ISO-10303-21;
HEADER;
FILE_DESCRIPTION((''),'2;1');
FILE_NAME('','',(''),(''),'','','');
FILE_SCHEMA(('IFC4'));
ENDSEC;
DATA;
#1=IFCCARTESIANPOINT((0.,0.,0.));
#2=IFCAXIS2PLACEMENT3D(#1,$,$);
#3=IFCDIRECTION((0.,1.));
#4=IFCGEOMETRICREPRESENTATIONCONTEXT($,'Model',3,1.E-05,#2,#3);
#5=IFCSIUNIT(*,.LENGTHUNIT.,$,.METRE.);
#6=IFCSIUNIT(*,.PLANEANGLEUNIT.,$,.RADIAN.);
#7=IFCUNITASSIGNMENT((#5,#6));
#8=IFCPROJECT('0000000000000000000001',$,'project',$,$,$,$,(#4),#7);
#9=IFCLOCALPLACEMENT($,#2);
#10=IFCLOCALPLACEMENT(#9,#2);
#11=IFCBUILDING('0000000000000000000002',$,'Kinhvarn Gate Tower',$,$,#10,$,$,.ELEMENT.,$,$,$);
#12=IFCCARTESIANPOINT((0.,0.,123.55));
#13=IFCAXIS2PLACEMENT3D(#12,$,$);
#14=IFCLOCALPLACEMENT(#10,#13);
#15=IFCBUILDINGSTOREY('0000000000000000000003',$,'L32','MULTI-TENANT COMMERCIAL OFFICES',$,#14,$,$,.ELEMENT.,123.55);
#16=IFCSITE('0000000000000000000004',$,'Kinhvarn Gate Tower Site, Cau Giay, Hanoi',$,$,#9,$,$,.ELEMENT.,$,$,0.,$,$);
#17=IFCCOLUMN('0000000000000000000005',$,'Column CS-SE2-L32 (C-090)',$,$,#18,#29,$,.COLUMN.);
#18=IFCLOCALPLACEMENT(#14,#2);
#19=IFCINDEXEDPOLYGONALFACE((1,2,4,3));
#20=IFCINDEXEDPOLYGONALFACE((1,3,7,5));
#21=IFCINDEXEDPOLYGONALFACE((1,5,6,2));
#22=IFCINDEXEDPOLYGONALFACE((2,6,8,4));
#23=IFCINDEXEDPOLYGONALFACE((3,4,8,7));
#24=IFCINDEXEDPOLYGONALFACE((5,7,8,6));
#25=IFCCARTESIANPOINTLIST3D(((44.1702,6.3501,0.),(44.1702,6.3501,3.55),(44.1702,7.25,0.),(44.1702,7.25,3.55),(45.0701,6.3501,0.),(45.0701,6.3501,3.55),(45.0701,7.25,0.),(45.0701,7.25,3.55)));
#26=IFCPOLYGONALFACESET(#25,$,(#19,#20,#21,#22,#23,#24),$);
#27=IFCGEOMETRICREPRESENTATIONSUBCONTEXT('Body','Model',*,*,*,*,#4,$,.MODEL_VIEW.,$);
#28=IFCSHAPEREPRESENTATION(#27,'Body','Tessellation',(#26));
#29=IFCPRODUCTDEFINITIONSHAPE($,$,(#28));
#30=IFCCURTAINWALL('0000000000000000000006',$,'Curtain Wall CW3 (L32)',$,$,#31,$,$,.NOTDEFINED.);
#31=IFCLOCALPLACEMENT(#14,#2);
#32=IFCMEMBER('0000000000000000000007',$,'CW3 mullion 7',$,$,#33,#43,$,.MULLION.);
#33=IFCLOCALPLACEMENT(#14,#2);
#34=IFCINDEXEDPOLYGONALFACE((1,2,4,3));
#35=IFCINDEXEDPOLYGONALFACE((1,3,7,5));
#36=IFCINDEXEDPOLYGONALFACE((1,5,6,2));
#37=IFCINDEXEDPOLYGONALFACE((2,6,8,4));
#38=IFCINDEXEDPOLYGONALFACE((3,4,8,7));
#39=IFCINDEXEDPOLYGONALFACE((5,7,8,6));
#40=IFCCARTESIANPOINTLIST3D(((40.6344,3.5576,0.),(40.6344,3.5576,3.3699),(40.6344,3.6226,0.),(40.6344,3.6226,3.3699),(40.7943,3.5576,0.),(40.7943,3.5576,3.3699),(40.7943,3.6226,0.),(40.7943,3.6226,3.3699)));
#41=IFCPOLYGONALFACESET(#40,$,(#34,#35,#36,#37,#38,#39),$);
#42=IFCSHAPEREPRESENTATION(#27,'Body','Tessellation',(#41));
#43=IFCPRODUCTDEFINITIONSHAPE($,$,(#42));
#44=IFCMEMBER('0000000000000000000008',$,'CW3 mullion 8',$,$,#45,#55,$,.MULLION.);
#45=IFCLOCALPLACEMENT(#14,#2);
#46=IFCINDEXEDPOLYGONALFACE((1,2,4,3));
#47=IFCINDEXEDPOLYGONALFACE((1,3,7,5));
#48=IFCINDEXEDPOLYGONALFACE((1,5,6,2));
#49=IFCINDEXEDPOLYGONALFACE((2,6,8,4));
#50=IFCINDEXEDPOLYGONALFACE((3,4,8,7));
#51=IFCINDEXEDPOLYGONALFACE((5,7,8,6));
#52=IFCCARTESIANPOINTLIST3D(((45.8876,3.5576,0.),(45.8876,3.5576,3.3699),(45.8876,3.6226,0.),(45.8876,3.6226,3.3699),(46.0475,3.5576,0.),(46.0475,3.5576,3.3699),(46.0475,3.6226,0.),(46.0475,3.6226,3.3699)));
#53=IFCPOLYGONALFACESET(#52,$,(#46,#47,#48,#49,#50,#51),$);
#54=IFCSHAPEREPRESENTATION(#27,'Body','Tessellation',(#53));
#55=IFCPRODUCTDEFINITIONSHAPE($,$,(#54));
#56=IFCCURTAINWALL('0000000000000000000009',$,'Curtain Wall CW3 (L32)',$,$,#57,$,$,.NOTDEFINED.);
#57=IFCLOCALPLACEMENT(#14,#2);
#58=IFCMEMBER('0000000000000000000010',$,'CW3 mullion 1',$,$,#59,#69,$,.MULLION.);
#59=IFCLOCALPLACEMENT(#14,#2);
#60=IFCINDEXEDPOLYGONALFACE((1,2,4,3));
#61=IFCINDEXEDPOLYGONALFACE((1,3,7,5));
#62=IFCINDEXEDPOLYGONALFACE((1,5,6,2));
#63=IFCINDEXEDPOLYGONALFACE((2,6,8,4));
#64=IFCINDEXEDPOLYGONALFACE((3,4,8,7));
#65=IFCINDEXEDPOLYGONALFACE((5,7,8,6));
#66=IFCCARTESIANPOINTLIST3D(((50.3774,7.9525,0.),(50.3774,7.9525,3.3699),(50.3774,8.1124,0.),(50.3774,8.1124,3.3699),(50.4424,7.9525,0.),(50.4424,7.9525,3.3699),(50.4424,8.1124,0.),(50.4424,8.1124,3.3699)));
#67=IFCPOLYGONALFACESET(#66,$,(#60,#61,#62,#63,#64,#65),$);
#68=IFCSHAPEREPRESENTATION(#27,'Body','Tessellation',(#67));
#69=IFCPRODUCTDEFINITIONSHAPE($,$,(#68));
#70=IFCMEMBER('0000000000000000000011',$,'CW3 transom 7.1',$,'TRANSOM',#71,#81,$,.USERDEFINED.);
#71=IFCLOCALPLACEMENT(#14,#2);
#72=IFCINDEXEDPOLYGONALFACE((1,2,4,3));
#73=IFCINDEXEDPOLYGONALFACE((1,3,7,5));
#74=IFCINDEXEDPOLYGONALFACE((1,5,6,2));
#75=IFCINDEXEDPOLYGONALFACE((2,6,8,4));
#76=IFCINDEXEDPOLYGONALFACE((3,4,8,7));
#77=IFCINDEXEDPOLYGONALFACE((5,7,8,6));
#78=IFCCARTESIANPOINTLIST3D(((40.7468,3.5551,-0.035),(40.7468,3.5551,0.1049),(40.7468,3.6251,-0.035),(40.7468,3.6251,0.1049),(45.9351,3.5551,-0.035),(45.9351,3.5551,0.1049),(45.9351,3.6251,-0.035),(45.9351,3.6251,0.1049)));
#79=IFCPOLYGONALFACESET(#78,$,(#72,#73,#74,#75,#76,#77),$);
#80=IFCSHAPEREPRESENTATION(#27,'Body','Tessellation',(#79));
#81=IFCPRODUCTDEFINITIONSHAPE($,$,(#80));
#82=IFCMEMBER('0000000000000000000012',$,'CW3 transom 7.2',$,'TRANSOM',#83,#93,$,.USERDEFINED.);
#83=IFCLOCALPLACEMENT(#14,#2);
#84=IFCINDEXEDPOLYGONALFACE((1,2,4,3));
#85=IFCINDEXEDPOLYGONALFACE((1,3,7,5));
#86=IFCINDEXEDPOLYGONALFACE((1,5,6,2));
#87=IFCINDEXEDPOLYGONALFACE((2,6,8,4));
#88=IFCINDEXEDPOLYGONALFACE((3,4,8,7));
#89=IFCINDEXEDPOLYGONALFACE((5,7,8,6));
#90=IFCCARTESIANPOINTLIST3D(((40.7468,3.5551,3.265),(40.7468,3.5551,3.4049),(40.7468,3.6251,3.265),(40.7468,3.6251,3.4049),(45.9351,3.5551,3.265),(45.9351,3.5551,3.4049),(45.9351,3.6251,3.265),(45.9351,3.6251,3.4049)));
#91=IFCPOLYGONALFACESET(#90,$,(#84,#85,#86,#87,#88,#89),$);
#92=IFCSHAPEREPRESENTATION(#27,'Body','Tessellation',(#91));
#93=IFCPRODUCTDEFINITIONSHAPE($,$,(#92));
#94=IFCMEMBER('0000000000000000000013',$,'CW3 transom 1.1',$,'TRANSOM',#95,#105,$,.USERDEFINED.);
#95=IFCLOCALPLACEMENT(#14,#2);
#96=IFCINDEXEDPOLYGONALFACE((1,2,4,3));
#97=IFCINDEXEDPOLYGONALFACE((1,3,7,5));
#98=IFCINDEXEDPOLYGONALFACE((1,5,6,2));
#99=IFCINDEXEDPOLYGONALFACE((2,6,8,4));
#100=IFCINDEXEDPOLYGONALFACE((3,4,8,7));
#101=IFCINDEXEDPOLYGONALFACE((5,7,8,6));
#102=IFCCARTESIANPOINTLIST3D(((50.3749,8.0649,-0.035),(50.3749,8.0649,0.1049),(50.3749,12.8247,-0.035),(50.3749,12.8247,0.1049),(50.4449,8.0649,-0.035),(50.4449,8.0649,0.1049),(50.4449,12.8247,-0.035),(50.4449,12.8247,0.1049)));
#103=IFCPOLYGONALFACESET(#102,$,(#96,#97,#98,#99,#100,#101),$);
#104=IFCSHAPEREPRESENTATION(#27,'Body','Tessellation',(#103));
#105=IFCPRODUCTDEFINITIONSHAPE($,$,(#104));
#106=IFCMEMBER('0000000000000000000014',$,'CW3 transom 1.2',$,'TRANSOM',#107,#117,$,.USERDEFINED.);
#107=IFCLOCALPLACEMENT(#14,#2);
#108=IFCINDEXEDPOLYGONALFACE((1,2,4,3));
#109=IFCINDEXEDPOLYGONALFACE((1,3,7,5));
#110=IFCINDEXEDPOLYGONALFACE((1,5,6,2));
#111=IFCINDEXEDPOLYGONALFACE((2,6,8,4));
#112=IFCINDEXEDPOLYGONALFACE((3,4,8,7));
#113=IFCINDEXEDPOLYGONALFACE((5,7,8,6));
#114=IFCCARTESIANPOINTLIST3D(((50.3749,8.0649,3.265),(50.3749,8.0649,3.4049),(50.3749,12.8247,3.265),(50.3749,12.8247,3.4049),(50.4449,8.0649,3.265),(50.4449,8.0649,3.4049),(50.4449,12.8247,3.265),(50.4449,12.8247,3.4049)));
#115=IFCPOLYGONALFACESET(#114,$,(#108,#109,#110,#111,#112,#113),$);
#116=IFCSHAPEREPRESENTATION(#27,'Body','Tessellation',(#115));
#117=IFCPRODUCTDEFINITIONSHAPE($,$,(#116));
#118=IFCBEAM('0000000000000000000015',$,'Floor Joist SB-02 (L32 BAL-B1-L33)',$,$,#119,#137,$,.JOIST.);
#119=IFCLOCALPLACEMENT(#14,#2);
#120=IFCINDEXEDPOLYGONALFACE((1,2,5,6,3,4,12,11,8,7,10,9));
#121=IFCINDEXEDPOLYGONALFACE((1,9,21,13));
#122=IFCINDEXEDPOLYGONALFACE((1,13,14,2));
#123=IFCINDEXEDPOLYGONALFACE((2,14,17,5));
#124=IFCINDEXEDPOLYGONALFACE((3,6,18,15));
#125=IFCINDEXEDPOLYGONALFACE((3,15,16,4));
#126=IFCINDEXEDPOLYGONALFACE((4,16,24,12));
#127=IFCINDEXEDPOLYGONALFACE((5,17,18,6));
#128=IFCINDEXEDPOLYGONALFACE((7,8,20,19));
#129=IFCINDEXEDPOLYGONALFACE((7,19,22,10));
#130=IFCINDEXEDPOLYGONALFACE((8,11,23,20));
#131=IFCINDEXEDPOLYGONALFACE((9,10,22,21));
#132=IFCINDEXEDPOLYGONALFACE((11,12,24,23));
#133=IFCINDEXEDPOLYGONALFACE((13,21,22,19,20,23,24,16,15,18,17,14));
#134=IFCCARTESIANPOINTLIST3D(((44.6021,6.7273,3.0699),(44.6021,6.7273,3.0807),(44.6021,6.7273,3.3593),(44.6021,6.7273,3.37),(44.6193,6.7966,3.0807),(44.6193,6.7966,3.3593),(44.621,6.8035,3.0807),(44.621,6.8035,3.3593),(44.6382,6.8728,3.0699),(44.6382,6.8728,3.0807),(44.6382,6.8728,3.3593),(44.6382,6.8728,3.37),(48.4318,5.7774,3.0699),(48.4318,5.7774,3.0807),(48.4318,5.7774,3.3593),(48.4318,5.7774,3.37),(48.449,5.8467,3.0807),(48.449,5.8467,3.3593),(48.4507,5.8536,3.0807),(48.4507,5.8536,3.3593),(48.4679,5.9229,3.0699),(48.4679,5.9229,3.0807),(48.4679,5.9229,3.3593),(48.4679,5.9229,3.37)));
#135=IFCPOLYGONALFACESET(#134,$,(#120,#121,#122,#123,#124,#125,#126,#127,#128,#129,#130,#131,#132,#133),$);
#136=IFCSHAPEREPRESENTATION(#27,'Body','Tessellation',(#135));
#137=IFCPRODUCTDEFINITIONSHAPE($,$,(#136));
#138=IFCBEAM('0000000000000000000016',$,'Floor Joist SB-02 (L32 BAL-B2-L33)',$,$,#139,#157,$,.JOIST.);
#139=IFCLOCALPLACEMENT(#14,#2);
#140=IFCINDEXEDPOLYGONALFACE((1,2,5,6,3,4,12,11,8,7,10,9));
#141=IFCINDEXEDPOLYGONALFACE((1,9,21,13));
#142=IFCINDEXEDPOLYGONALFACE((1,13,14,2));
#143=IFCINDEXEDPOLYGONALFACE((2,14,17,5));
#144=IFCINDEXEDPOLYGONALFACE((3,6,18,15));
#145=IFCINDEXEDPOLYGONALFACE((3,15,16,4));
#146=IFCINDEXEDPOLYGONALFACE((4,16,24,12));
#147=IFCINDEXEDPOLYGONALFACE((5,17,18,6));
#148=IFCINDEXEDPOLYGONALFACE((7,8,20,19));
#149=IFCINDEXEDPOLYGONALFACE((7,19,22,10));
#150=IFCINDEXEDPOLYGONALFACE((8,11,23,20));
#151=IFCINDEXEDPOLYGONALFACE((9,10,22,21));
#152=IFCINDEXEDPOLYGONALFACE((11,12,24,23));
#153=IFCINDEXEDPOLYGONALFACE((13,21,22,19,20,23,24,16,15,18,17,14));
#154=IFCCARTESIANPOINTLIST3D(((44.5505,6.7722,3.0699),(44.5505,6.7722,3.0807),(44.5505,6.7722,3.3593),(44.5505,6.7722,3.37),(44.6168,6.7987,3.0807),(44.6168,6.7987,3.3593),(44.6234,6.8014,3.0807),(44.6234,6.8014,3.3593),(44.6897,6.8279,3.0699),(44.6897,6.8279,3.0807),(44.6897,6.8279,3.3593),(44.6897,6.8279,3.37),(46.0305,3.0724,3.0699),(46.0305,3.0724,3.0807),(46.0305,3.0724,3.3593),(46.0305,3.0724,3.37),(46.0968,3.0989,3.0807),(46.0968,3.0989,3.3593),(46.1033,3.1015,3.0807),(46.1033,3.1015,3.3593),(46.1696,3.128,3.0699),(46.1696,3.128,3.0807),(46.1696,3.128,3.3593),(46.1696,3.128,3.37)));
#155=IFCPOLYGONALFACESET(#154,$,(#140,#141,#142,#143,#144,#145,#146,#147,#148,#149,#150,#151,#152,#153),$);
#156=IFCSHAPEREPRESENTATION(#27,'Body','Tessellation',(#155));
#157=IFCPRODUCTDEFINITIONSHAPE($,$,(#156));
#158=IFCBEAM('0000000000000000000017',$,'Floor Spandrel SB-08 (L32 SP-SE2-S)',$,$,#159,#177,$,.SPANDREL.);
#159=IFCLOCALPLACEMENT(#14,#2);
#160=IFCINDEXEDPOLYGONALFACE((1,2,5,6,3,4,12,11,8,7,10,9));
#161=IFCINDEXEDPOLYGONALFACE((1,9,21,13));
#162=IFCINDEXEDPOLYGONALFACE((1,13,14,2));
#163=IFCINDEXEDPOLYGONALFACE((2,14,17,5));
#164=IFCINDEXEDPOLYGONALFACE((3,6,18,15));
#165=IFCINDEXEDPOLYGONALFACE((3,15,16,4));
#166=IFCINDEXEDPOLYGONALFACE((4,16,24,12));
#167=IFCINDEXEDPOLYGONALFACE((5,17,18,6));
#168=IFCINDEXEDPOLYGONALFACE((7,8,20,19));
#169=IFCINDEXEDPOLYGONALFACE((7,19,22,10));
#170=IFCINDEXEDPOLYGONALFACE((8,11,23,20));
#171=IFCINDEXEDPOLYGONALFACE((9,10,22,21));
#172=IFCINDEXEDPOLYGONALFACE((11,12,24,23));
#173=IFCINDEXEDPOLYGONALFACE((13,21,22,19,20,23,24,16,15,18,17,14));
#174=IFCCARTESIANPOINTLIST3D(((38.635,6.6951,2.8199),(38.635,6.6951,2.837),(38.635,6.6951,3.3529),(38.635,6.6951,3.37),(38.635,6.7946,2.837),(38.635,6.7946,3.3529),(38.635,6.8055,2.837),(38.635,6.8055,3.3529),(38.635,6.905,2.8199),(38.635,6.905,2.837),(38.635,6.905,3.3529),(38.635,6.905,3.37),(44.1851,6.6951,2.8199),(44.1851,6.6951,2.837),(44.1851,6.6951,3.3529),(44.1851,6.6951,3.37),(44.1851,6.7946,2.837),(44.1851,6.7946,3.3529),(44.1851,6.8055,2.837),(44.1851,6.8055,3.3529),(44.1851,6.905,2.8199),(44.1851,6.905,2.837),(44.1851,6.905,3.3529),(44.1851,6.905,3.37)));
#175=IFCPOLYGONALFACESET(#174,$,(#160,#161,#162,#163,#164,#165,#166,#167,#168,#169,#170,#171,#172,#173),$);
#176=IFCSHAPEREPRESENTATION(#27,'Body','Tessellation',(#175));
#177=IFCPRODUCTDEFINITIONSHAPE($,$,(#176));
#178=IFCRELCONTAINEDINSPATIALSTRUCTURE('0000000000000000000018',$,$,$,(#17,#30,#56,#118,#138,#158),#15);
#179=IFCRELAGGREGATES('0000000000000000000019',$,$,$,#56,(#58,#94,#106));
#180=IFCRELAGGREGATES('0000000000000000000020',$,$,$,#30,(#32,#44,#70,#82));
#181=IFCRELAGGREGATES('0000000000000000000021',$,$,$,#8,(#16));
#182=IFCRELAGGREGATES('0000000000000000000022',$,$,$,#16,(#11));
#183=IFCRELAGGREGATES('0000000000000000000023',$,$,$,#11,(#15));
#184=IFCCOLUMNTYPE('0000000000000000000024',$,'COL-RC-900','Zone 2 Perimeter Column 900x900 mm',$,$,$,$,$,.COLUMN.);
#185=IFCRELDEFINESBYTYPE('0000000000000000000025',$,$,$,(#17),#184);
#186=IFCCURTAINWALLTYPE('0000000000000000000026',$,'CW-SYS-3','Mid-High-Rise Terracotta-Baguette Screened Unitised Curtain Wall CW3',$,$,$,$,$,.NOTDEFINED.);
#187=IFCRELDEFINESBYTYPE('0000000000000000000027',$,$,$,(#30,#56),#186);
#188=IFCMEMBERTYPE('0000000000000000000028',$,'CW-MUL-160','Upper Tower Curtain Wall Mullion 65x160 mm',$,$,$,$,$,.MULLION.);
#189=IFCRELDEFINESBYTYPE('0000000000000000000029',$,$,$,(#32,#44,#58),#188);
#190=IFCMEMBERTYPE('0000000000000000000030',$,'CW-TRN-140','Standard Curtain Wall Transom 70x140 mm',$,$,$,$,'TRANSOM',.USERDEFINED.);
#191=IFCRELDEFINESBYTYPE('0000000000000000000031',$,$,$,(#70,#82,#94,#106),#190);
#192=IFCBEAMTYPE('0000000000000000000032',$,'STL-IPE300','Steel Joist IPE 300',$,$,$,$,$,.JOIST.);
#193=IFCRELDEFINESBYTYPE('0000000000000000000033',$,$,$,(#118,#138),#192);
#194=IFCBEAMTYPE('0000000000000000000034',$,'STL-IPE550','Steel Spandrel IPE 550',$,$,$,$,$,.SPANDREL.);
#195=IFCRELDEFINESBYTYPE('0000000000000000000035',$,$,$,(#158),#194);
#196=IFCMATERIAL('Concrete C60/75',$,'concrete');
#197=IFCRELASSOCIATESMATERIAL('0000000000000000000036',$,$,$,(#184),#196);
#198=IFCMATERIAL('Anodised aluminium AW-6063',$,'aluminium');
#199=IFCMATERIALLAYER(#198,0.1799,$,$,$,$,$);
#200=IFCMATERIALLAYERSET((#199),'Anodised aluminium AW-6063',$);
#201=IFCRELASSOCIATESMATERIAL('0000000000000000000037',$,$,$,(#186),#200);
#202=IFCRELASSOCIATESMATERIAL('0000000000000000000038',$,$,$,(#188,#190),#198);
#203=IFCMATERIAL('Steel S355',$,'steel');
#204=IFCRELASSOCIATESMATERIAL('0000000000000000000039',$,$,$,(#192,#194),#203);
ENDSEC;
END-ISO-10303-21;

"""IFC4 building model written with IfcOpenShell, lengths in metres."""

from ifc_helpers import new_model, si_unit, direction, frame, origin, origin_2d, place, context, subcontext, project, spatial, rectangle, i_section, extrude, material, layer, layer_set, material_profile, profile_set, type_object, element, aggregate, save


model = new_model("IFC4")

# Units and contexts
model_context = context("Model", 3, precision=1e-05, world=origin(), true_north=direction((0.0, 1.0)))
body_context = subcontext(model_context, "Body", "Model", "MODEL_VIEW")
ifc_project = project(units=[si_unit("LENGTHUNIT", "METRE"), si_unit("PLANEANGLEUNIT", "RADIAN")], contexts=[model_context])

# Site, building, storey
site_placement = place(None, origin())
site = spatial("IfcSite", under=ifc_project, at=site_placement, Name="Kinhvarn Gate Tower Site, Cau Giay, Hanoi", CompositionType="ELEMENT", RefElevation=0.0)
building_placement = place(site_placement, origin())
building = spatial("IfcBuilding", under=site, at=building_placement, Name="Kinhvarn Gate Tower", CompositionType="ELEMENT")
storey_placement = place(building_placement, frame((0.0, 0.0, 123.55)))
storey = spatial("IfcBuildingStorey", under=building, at=storey_placement, Name="L32", Description="MULTI-TENANT COMMERCIAL OFFICES", CompositionType="ELEMENT", Elevation=123.55)

# Column
ifc_material_1 = material(Name="Concrete C60/75", Category="concrete")
ifc_material_profile_1 = material_profile(ifc_material_1, rectangle(XDim=0.8999, YDim=0.8999, at=origin_2d()), Name="RC 900x900")
ifc_profile_set_1 = profile_set([ifc_material_profile_1], Name="Concrete C60/75")
column_type = type_object("IfcColumnType", Name="COL-RC-900", Description="Zone 2 Perimeter Column 900x900 mm", PredefinedType="COLUMN", material=ifc_profile_set_1)
column_placement = place(storey_placement, frame((44.6201, 6.8, 0.0), z_axis=(0.0, 0.0, 1.0), x_axis=(1.0, 0.0, 0.0)))
element("IfcColumn", 1, at=column_placement, inside=storey, type_object=column_type, Name="Column CS-SE2-L32 (C-090)", PredefinedType="COLUMN", context=body_context, shape_type="SweptSolid", body=[
    extrude(rectangle(XDim=0.8999, YDim=0.8999, at=origin_2d()), origin(), (0.0, 0.0, 1.0), 3.55),
])

# Curtain wall, members
ifc_material_2 = material(Name="Anodised aluminium AW-6063", Category="aluminium")
ifc_layer_1 = layer(ifc_material_2, 0.1799)
ifc_layer_set_1 = layer_set([ifc_layer_1], Name="Anodised aluminium AW-6063")
curtain_wall_type = type_object("IfcCurtainWallType", Name="CW-SYS-3", Description="Mid-High-Rise Terracotta-Baguette Screened Unitised Curtain Wall CW3", PredefinedType="NOTDEFINED", material=ifc_layer_set_1)
curtain_wall_1_placement = place(storey_placement, origin())
curtain_wall_1 = element("IfcCurtainWall", 2, at=curtain_wall_1_placement, inside=storey, type_object=curtain_wall_type, Name="Curtain Wall CW3 (L32)", PredefinedType="NOTDEFINED")
ifc_material_profile_2 = material_profile(ifc_material_2, rectangle(XDim=0.0649, YDim=0.1599, at=origin_2d()), Name="ALU 65x160")
ifc_profile_set_2 = profile_set([ifc_material_profile_2], Name="Anodised aluminium AW-6063")
member_type_1 = type_object("IfcMemberType", Name="CW-MUL-160", Description="Upper Tower Curtain Wall Mullion 65x160 mm", PredefinedType="MULLION", material=ifc_profile_set_2)
member_1_placement = place(storey_placement, frame((40.7144, 3.5901, 0.0), z_axis=(0.0, 0.0, 1.0), x_axis=(0.0, 1.0, 0.0)))
member_1 = element("IfcMember", 3, at=member_1_placement, type_object=member_type_1, Name="CW3 mullion 7", PredefinedType="MULLION", context=body_context, shape_type="SweptSolid", body=[
    extrude(rectangle(XDim=0.0649, YDim=0.1599, at=origin_2d()), origin(), (0.0, 0.0, 1.0), 3.3699),
])
member_2_placement = place(storey_placement, frame((45.9675, 3.5901, 0.0), z_axis=(0.0, 0.0, 1.0), x_axis=(0.0, 1.0, 0.0)))
member_2 = element("IfcMember", 4, at=member_2_placement, type_object=member_type_1, Name="CW3 mullion 8", PredefinedType="MULLION", context=body_context, shape_type="SweptSolid", body=[
    extrude(rectangle(XDim=0.0649, YDim=0.1599, at=origin_2d()), origin(), (0.0, 0.0, 1.0), 3.3699),
])

# Curtain wall, member
curtain_wall_2_placement = place(storey_placement, origin())
curtain_wall_2 = element("IfcCurtainWall", 5, at=curtain_wall_2_placement, inside=storey, type_object=curtain_wall_type, Name="Curtain Wall CW3 (L32)", PredefinedType="NOTDEFINED")
member_3_placement = place(storey_placement, frame((50.4099, 8.0325, 0.0), z_axis=(0.0, 0.0, 1.0), x_axis=(-1.0, 0.0, 0.0)))
member_3 = element("IfcMember", 6, at=member_3_placement, type_object=member_type_1, Name="CW3 mullion 1", PredefinedType="MULLION", context=body_context, shape_type="SweptSolid", body=[
    extrude(rectangle(XDim=0.0649, YDim=0.1599, at=origin_2d()), origin(), (0.0, 0.0, 1.0), 3.3699),
])

# Members
ifc_material_profile_3 = material_profile(ifc_material_2, rectangle(XDim=0.0701, YDim=0.1399, at=origin_2d()), Name="ALU 70x140")
ifc_profile_set_3 = profile_set([ifc_material_profile_3], Name="Anodised aluminium AW-6063")
member_type_2 = type_object("IfcMemberType", Name="CW-TRN-140", Description="Standard Curtain Wall Transom 70x140 mm", ElementType="TRANSOM", PredefinedType="USERDEFINED", material=ifc_profile_set_3)
member_4_placement = place(storey_placement, frame((40.7468, 3.5901, 0.0349), z_axis=(1.0, 0.0, 0.0), x_axis=(0.0, 1.0, 0.0)))
member_4 = element("IfcMember", 7, at=member_4_placement, type_object=member_type_2, Name="CW3 transom 7.1", ObjectType="TRANSOM", PredefinedType="USERDEFINED", context=body_context, shape_type="SweptSolid", body=[
    extrude(rectangle(XDim=0.0701, YDim=0.1399, at=origin_2d()), origin(), (0.0, 0.0, 1.0), 5.1882),
])
member_5_placement = place(storey_placement, frame((40.7468, 3.5901, 3.335), z_axis=(1.0, 0.0, 0.0), x_axis=(0.0, 1.0, 0.0)))
member_5 = element("IfcMember", 8, at=member_5_placement, type_object=member_type_2, Name="CW3 transom 7.2", ObjectType="TRANSOM", PredefinedType="USERDEFINED", context=body_context, shape_type="SweptSolid", body=[
    extrude(rectangle(XDim=0.0701, YDim=0.1399, at=origin_2d()), origin(), (0.0, 0.0, 1.0), 5.1882),
])
member_6_placement = place(storey_placement, frame((50.4099, 8.0649, 0.0349), z_axis=(0.0, 1.0, 0.0), x_axis=(-1.0, 0.0, 0.0)))
member_6 = element("IfcMember", 9, at=member_6_placement, type_object=member_type_2, Name="CW3 transom 1.1", ObjectType="TRANSOM", PredefinedType="USERDEFINED", context=body_context, shape_type="SweptSolid", body=[
    extrude(rectangle(XDim=0.0701, YDim=0.1399, at=origin_2d()), origin(), (0.0, 0.0, 1.0), 4.7598),
])
member_7_placement = place(storey_placement, frame((50.4099, 8.0649, 3.335), z_axis=(0.0, 1.0, 0.0), x_axis=(-1.0, 0.0, 0.0)))
member_7 = element("IfcMember", 10, at=member_7_placement, type_object=member_type_2, Name="CW3 transom 1.2", ObjectType="TRANSOM", PredefinedType="USERDEFINED", context=body_context, shape_type="SweptSolid", body=[
    extrude(rectangle(XDim=0.0701, YDim=0.1399, at=origin_2d()), origin(), (0.0, 0.0, 1.0), 4.7598),
])
aggregate(curtain_wall_2, [member_3, member_6, member_7])

# Beams
ifc_material_3 = material(Name="Steel S355", Category="steel")
ifc_material_profile_4 = material_profile(ifc_material_3, i_section(OverallWidth=0.1499, OverallDepth=0.3, WebThickness=0.0071, FlangeThickness=0.0107, at=origin_2d()), Name="IPE 300")
ifc_profile_set_4 = profile_set([ifc_material_profile_4], Name="Steel S355")
beam_type_1 = type_object("IfcBeamType", Name="STL-IPE300", Description="Steel Joist IPE 300", PredefinedType="JOIST", material=ifc_profile_set_4)
beam_1_placement = place(storey_placement, frame((44.6201, 6.8, 3.22), z_axis=(0.970589, -0.240745, 0.0), x_axis=(0.240745, 0.970589, 0.0)))
element("IfcBeam", 11, at=beam_1_placement, inside=storey, type_object=beam_type_1, Name="Floor Joist SB-02 (L32 BAL-B1-L33)", PredefinedType="JOIST", context=body_context, shape_type="SweptSolid", body=[
    extrude(i_section(OverallWidth=0.1499, OverallDepth=0.3, WebThickness=0.0071, FlangeThickness=0.0107, at=origin_2d()), origin(), (0.0, 0.0, 1.0), 3.9458),
])
beam_2_placement = place(storey_placement, frame((44.6201, 6.8, 3.22), z_axis=(0.371391, -0.928477, 0.0), x_axis=(0.928477, 0.371391, 0.0)))
element("IfcBeam", 12, at=beam_2_placement, inside=storey, type_object=beam_type_1, Name="Floor Joist SB-02 (L32 BAL-B2-L33)", PredefinedType="JOIST", context=body_context, shape_type="SweptSolid", body=[
    extrude(i_section(OverallWidth=0.1499, OverallDepth=0.3, WebThickness=0.0071, FlangeThickness=0.0107, at=origin_2d()), origin(), (0.0, 0.0, 1.0), 3.9849),
])
ifc_material_profile_5 = material_profile(ifc_material_3, i_section(OverallWidth=0.21, OverallDepth=0.55, WebThickness=0.011, FlangeThickness=0.0171, at=origin_2d()), Name="IPE 550")
ifc_profile_set_5 = profile_set([ifc_material_profile_5], Name="Steel S355")
beam_type_2 = type_object("IfcBeamType", Name="STL-IPE550", Description="Steel Spandrel IPE 550", PredefinedType="SPANDREL", material=ifc_profile_set_5)
beam_3_placement = place(storey_placement, frame((38.635, 6.8, 3.095), z_axis=(1.0, 0.0, 0.0), x_axis=(0.0, 1.0, 0.0)))
element("IfcBeam", 13, at=beam_3_placement, inside=storey, type_object=beam_type_2, Name="Floor Spandrel SB-08 (L32 SP-SE2-S)", PredefinedType="SPANDREL", context=body_context, shape_type="SweptSolid", body=[
    extrude(i_section(OverallWidth=0.21, OverallDepth=0.55, WebThickness=0.011, FlangeThickness=0.0171, at=origin_2d()), origin(), (0.0, 0.0, 1.0), 5.55),
])

aggregate(curtain_wall_1, [member_1, member_2, member_4, member_5])

save(model, "model.ifc")
